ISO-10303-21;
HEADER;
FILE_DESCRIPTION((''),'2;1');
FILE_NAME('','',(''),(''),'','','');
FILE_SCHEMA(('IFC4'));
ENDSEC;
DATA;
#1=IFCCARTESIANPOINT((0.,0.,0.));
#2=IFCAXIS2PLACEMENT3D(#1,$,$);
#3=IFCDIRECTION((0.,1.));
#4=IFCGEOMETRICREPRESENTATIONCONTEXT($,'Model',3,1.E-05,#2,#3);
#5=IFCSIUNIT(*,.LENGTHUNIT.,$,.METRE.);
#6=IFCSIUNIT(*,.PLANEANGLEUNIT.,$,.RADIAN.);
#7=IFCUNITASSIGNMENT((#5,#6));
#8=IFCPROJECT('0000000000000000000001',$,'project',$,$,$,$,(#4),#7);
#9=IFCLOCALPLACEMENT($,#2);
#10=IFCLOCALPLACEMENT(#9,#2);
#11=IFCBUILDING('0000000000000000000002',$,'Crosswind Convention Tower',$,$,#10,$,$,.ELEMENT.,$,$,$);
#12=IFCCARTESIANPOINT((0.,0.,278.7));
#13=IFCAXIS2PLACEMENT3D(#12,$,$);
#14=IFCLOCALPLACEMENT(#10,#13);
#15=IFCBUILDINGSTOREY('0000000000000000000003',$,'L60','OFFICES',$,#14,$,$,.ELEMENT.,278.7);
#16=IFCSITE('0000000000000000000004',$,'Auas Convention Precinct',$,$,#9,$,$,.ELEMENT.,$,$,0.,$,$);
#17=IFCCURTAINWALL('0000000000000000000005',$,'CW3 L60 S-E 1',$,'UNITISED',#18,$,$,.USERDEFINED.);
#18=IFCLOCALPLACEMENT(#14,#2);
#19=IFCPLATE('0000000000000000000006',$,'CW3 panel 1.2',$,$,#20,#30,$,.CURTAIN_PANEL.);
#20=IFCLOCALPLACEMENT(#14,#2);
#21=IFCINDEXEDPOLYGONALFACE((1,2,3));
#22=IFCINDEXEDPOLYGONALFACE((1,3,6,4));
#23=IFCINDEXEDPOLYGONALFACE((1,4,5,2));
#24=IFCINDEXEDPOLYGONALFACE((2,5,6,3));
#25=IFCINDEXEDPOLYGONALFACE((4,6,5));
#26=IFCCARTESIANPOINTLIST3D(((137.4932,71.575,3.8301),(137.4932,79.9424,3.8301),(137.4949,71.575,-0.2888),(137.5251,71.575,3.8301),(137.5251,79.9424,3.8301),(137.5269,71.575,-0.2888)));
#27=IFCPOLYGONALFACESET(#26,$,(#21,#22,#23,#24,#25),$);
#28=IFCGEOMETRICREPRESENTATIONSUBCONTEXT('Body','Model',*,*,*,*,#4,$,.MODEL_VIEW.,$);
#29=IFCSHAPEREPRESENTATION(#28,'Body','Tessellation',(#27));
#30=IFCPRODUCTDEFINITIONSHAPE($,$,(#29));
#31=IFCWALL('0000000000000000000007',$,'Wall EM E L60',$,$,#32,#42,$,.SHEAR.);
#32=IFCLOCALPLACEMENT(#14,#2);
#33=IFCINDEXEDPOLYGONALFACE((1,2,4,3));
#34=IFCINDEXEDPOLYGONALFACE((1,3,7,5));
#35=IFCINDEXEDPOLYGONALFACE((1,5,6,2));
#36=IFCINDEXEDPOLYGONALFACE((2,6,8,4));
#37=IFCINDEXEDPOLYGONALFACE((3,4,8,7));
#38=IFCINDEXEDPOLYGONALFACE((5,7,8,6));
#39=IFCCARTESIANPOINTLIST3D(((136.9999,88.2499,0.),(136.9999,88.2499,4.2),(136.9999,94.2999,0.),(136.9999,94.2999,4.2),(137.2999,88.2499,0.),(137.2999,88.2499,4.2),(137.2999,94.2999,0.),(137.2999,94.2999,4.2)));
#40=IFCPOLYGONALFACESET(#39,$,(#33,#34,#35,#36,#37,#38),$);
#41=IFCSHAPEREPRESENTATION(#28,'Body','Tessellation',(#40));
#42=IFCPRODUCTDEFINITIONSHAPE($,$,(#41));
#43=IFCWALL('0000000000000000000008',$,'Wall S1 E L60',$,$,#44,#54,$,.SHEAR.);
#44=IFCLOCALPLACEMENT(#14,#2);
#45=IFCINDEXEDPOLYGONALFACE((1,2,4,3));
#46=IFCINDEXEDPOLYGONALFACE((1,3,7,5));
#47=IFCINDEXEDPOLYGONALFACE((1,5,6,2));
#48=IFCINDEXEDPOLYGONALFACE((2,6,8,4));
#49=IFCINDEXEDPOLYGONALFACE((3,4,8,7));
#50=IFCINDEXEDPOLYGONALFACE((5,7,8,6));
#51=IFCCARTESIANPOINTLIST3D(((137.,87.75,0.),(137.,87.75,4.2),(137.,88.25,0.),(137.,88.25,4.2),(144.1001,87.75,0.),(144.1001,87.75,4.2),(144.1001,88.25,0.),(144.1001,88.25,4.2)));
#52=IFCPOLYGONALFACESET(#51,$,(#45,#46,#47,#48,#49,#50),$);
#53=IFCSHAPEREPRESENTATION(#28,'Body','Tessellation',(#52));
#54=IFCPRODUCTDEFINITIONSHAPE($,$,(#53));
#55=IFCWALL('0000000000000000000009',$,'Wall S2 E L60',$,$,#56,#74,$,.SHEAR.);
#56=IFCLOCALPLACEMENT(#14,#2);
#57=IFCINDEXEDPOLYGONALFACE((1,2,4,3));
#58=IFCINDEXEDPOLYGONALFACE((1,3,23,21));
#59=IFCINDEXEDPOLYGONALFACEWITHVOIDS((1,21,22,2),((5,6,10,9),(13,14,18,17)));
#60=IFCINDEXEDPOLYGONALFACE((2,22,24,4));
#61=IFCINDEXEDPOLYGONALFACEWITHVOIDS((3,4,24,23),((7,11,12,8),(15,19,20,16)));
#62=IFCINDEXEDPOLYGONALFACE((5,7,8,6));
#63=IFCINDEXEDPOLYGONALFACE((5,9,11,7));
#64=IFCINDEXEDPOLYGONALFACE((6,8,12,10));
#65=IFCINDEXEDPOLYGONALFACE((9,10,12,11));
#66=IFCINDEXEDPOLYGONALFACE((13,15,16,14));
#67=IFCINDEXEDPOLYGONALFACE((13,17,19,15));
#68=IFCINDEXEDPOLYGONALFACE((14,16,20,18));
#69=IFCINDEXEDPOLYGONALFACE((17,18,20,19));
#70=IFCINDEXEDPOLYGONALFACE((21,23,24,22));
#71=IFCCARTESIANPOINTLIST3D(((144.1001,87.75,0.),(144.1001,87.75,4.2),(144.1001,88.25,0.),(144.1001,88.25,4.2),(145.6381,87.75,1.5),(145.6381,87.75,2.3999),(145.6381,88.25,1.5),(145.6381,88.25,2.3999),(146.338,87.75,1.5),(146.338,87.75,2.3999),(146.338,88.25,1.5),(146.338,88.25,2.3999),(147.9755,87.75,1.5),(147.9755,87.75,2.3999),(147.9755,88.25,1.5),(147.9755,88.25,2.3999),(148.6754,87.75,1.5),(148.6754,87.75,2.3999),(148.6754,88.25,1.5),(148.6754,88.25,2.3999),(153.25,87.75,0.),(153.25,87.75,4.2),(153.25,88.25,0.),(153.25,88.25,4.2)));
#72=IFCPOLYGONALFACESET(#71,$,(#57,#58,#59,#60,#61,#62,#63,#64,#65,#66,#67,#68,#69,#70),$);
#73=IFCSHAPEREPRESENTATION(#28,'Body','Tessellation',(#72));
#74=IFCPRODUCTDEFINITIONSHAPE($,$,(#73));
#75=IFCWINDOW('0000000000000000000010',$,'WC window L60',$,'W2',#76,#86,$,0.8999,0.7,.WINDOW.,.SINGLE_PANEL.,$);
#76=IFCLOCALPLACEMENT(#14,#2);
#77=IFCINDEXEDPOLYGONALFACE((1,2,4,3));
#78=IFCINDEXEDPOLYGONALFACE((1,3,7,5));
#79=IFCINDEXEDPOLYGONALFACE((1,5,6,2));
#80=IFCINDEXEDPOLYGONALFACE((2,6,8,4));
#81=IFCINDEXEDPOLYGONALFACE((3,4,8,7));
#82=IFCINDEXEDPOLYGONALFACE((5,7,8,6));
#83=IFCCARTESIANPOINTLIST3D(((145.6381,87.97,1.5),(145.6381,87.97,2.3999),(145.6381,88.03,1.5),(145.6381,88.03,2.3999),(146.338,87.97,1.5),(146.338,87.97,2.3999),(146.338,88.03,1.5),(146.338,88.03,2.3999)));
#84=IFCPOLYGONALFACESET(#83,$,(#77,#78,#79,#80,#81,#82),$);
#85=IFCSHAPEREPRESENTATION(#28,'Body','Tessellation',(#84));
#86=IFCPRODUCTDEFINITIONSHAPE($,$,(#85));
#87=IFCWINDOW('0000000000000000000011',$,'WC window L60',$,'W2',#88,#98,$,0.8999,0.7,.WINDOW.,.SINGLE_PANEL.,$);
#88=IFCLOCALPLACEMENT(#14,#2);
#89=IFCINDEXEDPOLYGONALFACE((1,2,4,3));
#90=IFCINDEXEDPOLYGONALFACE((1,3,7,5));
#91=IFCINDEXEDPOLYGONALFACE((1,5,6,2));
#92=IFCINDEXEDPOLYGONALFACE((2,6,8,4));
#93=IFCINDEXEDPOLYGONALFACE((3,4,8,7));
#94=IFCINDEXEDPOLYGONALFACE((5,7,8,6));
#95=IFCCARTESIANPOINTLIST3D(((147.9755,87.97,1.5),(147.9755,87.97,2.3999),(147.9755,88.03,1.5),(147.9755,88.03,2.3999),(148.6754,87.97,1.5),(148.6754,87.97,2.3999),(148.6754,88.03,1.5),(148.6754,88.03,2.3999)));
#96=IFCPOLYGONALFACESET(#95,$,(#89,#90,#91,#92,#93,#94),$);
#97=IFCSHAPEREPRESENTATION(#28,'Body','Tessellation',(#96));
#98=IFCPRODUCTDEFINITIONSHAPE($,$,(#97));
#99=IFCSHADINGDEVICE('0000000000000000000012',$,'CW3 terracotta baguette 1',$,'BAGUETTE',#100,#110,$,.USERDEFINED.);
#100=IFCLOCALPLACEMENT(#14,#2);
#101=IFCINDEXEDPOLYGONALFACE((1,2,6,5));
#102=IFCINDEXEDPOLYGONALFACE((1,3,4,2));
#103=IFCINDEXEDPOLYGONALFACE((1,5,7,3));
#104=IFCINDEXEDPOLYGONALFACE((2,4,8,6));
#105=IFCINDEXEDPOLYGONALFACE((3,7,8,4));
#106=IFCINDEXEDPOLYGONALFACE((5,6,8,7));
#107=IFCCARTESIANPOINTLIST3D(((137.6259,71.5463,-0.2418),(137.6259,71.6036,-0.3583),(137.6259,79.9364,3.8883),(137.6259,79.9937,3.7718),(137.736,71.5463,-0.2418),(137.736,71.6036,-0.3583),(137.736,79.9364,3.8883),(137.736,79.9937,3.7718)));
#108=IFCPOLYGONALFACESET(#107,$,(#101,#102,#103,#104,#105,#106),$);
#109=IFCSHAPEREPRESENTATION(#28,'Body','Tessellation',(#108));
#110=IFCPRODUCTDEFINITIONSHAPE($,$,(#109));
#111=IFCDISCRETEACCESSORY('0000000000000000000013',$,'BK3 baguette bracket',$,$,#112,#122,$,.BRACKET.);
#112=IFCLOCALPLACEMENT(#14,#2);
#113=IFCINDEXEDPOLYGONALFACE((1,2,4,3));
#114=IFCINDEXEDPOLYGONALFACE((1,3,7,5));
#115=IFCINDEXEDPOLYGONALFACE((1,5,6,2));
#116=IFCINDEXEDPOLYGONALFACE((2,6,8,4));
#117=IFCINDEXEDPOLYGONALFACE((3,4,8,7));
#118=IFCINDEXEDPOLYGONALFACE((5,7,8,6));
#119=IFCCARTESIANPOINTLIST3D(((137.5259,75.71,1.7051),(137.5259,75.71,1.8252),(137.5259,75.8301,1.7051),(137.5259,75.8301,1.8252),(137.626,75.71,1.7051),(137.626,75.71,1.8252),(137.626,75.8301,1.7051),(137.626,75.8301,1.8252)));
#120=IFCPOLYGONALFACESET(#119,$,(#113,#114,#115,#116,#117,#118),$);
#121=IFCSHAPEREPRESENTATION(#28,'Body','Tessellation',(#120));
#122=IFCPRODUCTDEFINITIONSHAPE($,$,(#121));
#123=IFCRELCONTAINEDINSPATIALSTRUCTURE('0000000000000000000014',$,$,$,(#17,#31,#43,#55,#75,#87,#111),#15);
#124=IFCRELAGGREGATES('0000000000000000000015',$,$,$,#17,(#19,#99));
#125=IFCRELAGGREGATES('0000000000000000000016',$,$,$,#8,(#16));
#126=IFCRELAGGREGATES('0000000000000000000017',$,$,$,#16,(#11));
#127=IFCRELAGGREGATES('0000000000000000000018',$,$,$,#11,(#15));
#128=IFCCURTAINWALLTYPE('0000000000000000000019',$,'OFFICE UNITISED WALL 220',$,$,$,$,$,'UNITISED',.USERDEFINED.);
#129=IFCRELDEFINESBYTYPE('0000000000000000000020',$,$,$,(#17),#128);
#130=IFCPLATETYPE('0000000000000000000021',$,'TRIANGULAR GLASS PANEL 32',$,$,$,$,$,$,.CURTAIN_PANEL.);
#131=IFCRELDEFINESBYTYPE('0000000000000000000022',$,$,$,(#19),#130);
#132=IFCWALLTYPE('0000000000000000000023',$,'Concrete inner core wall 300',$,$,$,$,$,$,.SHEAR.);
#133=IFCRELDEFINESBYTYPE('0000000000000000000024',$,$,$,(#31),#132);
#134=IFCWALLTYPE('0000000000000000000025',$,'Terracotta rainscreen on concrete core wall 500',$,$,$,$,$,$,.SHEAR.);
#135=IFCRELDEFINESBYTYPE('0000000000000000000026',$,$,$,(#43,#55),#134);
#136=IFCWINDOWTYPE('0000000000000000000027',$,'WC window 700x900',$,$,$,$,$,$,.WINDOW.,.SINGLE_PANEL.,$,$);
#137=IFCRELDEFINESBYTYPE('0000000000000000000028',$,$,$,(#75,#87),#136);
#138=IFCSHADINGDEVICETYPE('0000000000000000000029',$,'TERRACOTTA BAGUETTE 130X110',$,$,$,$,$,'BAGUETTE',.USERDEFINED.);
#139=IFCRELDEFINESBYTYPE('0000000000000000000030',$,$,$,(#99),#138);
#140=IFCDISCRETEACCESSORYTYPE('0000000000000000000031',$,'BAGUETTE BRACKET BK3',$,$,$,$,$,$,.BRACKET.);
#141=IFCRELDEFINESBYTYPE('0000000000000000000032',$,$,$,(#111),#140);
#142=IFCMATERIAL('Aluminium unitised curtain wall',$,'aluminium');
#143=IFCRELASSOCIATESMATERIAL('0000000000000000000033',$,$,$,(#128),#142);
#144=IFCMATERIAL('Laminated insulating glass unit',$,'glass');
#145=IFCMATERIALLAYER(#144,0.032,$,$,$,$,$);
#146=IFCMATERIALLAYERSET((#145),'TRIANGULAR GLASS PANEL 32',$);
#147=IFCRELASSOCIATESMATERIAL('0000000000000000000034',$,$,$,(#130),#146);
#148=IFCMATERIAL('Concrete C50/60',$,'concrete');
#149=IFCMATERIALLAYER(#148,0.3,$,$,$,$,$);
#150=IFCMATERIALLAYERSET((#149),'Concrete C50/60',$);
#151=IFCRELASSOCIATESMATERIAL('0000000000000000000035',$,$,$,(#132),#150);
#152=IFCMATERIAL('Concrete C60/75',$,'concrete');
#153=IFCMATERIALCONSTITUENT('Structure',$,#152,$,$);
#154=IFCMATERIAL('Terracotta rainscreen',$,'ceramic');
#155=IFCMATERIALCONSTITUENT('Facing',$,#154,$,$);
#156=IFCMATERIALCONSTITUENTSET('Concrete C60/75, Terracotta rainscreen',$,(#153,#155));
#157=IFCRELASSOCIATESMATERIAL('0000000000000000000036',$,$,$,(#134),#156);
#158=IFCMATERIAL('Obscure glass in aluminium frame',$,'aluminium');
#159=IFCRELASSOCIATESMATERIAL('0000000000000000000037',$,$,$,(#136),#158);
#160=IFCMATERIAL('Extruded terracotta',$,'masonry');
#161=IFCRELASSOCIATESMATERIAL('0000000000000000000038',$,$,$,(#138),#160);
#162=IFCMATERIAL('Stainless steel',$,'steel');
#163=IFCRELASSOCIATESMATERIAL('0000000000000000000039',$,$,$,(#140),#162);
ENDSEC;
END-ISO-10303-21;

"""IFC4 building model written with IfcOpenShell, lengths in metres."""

from ifc_helpers import new_model, si_unit, direction, frame, frame_2d, origin, origin_2d, place, context, subcontext, project, spatial, polyline, rectangle, outline, extrude, material, layer, layer_set, constituent, constituent_set, material_profile, profile_set, type_object, element, fill, aggregate, save


model = new_model("IFC4")

# Units and contexts
model_context = context("Model", 3, precision=1e-05, world=origin(), true_north=direction((0.0, 1.0)))
body_context = subcontext(model_context, "Body", "Model", "MODEL_VIEW")
ifc_project = project(units=[si_unit("LENGTHUNIT", "METRE"), si_unit("PLANEANGLEUNIT", "RADIAN")], contexts=[model_context])

# Site, building, storey
site_placement = place(None, origin())
site = spatial("IfcSite", under=ifc_project, at=site_placement, Name="Auas Convention Precinct", CompositionType="ELEMENT", RefElevation=0.0)
building_placement = place(site_placement, origin())
building = spatial("IfcBuilding", under=site, at=building_placement, Name="Crosswind Convention Tower", CompositionType="ELEMENT")
storey_placement = place(building_placement, frame((0.0, 0.0, 278.7)))
storey = spatial("IfcBuildingStorey", under=building, at=storey_placement, Name="L60", Description="OFFICES", CompositionType="ELEMENT", Elevation=278.7)

# Shared definitions
ifc_material_1 = material(Name="Concrete C60/75", Category="concrete")

# Shared definitions
ifc_material_2 = material(Name="Aluminium unitised curtain wall", Category="aluminium")

# Curtain wall
curtain_wall_type_1 = type_object("IfcCurtainWallType", Name="OFFICE UNITISED WALL 220", ElementType="UNITISED", PredefinedType="USERDEFINED", material=ifc_material_2)
curtain_wall_1_placement = place(storey_placement, origin())
curtain_wall_1 = element("IfcCurtainWall", 1, at=curtain_wall_1_placement, inside=storey, type_object=curtain_wall_type_1, Name="CW3 L60 S-E 1", ObjectType="UNITISED", PredefinedType="USERDEFINED")

# Plate
ifc_material_3 = material(Name="Laminated insulating glass unit", Category="glass")
ifc_layer_1 = layer(ifc_material_3, 0.032)
ifc_layer_set_1 = layer_set([ifc_layer_1], Name="TRIANGULAR GLASS PANEL 32")
plate_type_1 = type_object("IfcPlateType", Name="TRIANGULAR GLASS PANEL 32", PredefinedType="CURTAIN_PANEL", material=ifc_layer_set_1)
plate_1_placement = place(storey_placement, frame((137.5251, 71.575, 3.8301), z_axis=(1.0, 0.0, 0.000415), x_axis=(0.000415, 0.0, -1.0)))
plate_1 = element("IfcPlate", 2, at=plate_1_placement, type_object=plate_type_1, Name="CW3 panel 1.2", PredefinedType="CURTAIN_PANEL", context=body_context, shape_type="SweptSolid", body=[
    extrude(outline(polyline([(0.0, 0.0), (4.1189, 0.0), (0.0, 8.3674), (0.0, 0.0)])), origin(), (0.0, 0.0, -1.0), 0.032),
])

# Walls
ifc_material_4 = material(Name="Concrete C50/60", Category="concrete")
ifc_layer_2 = layer(ifc_material_4, 0.3)
ifc_layer_set_2 = layer_set([ifc_layer_2], Name="Concrete C50/60")
wall_type_1 = type_object("IfcWallType", Name="Concrete inner core wall 300", PredefinedType="SHEAR", material=ifc_layer_set_2)
wall_1_placement = place(storey_placement, frame((137.1499, 88.25, 0.0), z_axis=(0.0, 0.0, 1.0), x_axis=(0.0, 1.0, 0.0)))
element("IfcWall", 3, at=wall_1_placement, inside=storey, type_object=wall_type_1, Name="Wall EM E L60", PredefinedType="SHEAR", context=body_context, shape_type="SweptSolid", body=[
    extrude(rectangle(XDim=6.05, YDim=0.3, at=frame_2d((3.0249, 0.0))), origin(), (0.0, 0.0, 1.0), 4.2),
])
ifc_constituent_1 = constituent(ifc_material_1, Name="Structure")
ifc_material_5 = material(Name="Terracotta rainscreen", Category="ceramic")
ifc_constituent_2 = constituent(ifc_material_5, Name="Facing")
ifc_constituent_set = constituent_set(constituents=[ifc_constituent_1, ifc_constituent_2], Name="Concrete C60/75, Terracotta rainscreen")
wall_type_2 = type_object("IfcWallType", Name="Terracotta rainscreen on concrete core wall 500", PredefinedType="SHEAR", material=ifc_constituent_set)
wall_2_placement = place(storey_placement, frame((137.0, 88.0, 0.0), z_axis=(0.0, 0.0, 1.0), x_axis=(1.0, 0.0, 0.0)))
element("IfcWall", 4, at=wall_2_placement, inside=storey, type_object=wall_type_2, Name="Wall S1 E L60", PredefinedType="SHEAR", context=body_context, shape_type="SweptSolid", body=[
    extrude(rectangle(XDim=7.1001, YDim=0.5, at=frame_2d((3.55, 0.0))), origin(), (0.0, 0.0, 1.0), 4.2),
])

# Wall, openings, windows
wall_3_placement = place(storey_placement, frame((144.1001, 88.0, 0.0), z_axis=(0.0, 0.0, 1.0), x_axis=(1.0, 0.0, 0.0)))
wall_3 = element("IfcWall", 5, at=wall_3_placement, inside=storey, type_object=wall_type_2, Name="Wall S2 E L60", PredefinedType="SHEAR", context=body_context, shape_type="SweptSolid", body=[
    extrude(rectangle(XDim=9.1499, YDim=0.5, at=frame_2d((4.575, 0.0))), origin(), (0.0, 0.0, 1.0), 4.2),
])
opening_1_placement = place(wall_3_placement, frame((1.5378, 0.0, 1.5)))
opening_1 = element("IfcOpeningElement", 6, at=opening_1_placement, cuts=wall_3, PredefinedType="OPENING", context=body_context, shape_type="SweptSolid", body=[
    extrude(rectangle(XDim=0.7, YDim=0.8999, at=frame_2d((0.3501, 0.45))), frame((0.0, 0.26, 0.0), z_axis=(0.0, -1.0, 0.0), x_axis=(1.0, 0.0, 0.0)), (0.0, 0.0, 1.0), 0.52),
])
opening_2_placement = place(wall_3_placement, frame((3.8752, 0.0, 1.5)))
opening_2 = element("IfcOpeningElement", 7, at=opening_2_placement, cuts=wall_3, PredefinedType="OPENING", context=body_context, shape_type="SweptSolid", body=[
    extrude(rectangle(XDim=0.7, YDim=0.8999, at=frame_2d((0.3501, 0.45))), frame((0.0, 0.26, 0.0), z_axis=(0.0, -1.0, 0.0), x_axis=(1.0, 0.0, 0.0)), (0.0, 0.0, 1.0), 0.52),
])
ifc_material_6 = material(Name="Obscure glass in aluminium frame", Category="aluminium")
window_type = type_object("IfcWindowType", Name="WC window 700x900", PartitioningType="SINGLE_PANEL", PredefinedType="WINDOW", material=ifc_material_6)
window_1_placement = place(opening_1_placement, origin())
window_1 = element("IfcWindow", 8, at=window_1_placement, inside=storey, type_object=window_type, Name="WC window L60", ObjectType="W2", OverallHeight=0.8999, OverallWidth=0.7, PartitioningType="SINGLE_PANEL", PredefinedType="WINDOW", context=body_context, shape_type="SweptSolid", body=[
    extrude(rectangle(XDim=0.7, YDim=0.8999, at=frame_2d((0.3501, 0.45))), frame((0.0, 0.03, 0.0), z_axis=(0.0, -1.0, 0.0), x_axis=(1.0, 0.0, 0.0)), (0.0, 0.0, 1.0), 0.0601),
])
fill(opening_1, window_1)
window_2_placement = place(opening_2_placement, origin())
window_2 = element("IfcWindow", 9, at=window_2_placement, inside=storey, type_object=window_type, Name="WC window L60", ObjectType="W2", OverallHeight=0.8999, OverallWidth=0.7, PartitioningType="SINGLE_PANEL", PredefinedType="WINDOW", context=body_context, shape_type="SweptSolid", body=[
    extrude(rectangle(XDim=0.7, YDim=0.8999, at=frame_2d((0.3501, 0.45))), frame((0.0, 0.03, 0.0), z_axis=(0.0, -1.0, 0.0), x_axis=(1.0, 0.0, 0.0)), (0.0, 0.0, 1.0), 0.0601),
])
fill(opening_2, window_2)

# Shading device
ifc_material_7 = material(Name="Extruded terracotta", Category="masonry")
ifc_material_profile_1 = material_profile(ifc_material_7, rectangle(XDim=0.1101, YDim=0.1299, at=origin_2d()), Name="TC 110X130")
ifc_profile_set_1 = profile_set([ifc_material_profile_1], Name="Extruded terracotta")
shading_device_type = type_object("IfcShadingDeviceType", Name="TERRACOTTA BAGUETTE 130X110", ElementType="BAGUETTE", PredefinedType="USERDEFINED", material=ifc_profile_set_1)
shading_device_placement = place(storey_placement, frame((137.6809, 71.575, -0.3), z_axis=(0.0, 0.897188, 0.441649), x_axis=(-1.0, 0.0, 0.0)))
shading_device = element("IfcShadingDevice", 10, at=shading_device_placement, type_object=shading_device_type, Name="CW3 terracotta baguette 1", ObjectType="BAGUETTE", PredefinedType="USERDEFINED", context=body_context, shape_type="SweptSolid", body=[
    extrude(rectangle(XDim=0.1101, YDim=0.1299, at=origin_2d()), origin(), (0.0, 0.0, 1.0), 9.3516),
])
aggregate(curtain_wall_1, [plate_1, shading_device])

# Discrete accessory
ifc_material_8 = material(Name="Stainless steel", Category="steel")
discrete_accessory_type = type_object("IfcDiscreteAccessoryType", Name="BAGUETTE BRACKET BK3", PredefinedType="BRACKET", material=ifc_material_8)
discrete_accessory_placement = place(storey_placement, frame((137.5759, 75.77, 1.7051), z_axis=(0.0, 0.0, 1.0), x_axis=(0.0, 1.0, 0.0)))
element("IfcDiscreteAccessory", 11, at=discrete_accessory_placement, inside=storey, type_object=discrete_accessory_type, Name="BK3 baguette bracket", PredefinedType="BRACKET", context=body_context, shape_type="SweptSolid", body=[
    extrude(rectangle(XDim=0.1201, YDim=0.1001, at=origin_2d()), origin(), (0.0, 0.0, 1.0), 0.1201),
])

save(model, "model.ifc")
